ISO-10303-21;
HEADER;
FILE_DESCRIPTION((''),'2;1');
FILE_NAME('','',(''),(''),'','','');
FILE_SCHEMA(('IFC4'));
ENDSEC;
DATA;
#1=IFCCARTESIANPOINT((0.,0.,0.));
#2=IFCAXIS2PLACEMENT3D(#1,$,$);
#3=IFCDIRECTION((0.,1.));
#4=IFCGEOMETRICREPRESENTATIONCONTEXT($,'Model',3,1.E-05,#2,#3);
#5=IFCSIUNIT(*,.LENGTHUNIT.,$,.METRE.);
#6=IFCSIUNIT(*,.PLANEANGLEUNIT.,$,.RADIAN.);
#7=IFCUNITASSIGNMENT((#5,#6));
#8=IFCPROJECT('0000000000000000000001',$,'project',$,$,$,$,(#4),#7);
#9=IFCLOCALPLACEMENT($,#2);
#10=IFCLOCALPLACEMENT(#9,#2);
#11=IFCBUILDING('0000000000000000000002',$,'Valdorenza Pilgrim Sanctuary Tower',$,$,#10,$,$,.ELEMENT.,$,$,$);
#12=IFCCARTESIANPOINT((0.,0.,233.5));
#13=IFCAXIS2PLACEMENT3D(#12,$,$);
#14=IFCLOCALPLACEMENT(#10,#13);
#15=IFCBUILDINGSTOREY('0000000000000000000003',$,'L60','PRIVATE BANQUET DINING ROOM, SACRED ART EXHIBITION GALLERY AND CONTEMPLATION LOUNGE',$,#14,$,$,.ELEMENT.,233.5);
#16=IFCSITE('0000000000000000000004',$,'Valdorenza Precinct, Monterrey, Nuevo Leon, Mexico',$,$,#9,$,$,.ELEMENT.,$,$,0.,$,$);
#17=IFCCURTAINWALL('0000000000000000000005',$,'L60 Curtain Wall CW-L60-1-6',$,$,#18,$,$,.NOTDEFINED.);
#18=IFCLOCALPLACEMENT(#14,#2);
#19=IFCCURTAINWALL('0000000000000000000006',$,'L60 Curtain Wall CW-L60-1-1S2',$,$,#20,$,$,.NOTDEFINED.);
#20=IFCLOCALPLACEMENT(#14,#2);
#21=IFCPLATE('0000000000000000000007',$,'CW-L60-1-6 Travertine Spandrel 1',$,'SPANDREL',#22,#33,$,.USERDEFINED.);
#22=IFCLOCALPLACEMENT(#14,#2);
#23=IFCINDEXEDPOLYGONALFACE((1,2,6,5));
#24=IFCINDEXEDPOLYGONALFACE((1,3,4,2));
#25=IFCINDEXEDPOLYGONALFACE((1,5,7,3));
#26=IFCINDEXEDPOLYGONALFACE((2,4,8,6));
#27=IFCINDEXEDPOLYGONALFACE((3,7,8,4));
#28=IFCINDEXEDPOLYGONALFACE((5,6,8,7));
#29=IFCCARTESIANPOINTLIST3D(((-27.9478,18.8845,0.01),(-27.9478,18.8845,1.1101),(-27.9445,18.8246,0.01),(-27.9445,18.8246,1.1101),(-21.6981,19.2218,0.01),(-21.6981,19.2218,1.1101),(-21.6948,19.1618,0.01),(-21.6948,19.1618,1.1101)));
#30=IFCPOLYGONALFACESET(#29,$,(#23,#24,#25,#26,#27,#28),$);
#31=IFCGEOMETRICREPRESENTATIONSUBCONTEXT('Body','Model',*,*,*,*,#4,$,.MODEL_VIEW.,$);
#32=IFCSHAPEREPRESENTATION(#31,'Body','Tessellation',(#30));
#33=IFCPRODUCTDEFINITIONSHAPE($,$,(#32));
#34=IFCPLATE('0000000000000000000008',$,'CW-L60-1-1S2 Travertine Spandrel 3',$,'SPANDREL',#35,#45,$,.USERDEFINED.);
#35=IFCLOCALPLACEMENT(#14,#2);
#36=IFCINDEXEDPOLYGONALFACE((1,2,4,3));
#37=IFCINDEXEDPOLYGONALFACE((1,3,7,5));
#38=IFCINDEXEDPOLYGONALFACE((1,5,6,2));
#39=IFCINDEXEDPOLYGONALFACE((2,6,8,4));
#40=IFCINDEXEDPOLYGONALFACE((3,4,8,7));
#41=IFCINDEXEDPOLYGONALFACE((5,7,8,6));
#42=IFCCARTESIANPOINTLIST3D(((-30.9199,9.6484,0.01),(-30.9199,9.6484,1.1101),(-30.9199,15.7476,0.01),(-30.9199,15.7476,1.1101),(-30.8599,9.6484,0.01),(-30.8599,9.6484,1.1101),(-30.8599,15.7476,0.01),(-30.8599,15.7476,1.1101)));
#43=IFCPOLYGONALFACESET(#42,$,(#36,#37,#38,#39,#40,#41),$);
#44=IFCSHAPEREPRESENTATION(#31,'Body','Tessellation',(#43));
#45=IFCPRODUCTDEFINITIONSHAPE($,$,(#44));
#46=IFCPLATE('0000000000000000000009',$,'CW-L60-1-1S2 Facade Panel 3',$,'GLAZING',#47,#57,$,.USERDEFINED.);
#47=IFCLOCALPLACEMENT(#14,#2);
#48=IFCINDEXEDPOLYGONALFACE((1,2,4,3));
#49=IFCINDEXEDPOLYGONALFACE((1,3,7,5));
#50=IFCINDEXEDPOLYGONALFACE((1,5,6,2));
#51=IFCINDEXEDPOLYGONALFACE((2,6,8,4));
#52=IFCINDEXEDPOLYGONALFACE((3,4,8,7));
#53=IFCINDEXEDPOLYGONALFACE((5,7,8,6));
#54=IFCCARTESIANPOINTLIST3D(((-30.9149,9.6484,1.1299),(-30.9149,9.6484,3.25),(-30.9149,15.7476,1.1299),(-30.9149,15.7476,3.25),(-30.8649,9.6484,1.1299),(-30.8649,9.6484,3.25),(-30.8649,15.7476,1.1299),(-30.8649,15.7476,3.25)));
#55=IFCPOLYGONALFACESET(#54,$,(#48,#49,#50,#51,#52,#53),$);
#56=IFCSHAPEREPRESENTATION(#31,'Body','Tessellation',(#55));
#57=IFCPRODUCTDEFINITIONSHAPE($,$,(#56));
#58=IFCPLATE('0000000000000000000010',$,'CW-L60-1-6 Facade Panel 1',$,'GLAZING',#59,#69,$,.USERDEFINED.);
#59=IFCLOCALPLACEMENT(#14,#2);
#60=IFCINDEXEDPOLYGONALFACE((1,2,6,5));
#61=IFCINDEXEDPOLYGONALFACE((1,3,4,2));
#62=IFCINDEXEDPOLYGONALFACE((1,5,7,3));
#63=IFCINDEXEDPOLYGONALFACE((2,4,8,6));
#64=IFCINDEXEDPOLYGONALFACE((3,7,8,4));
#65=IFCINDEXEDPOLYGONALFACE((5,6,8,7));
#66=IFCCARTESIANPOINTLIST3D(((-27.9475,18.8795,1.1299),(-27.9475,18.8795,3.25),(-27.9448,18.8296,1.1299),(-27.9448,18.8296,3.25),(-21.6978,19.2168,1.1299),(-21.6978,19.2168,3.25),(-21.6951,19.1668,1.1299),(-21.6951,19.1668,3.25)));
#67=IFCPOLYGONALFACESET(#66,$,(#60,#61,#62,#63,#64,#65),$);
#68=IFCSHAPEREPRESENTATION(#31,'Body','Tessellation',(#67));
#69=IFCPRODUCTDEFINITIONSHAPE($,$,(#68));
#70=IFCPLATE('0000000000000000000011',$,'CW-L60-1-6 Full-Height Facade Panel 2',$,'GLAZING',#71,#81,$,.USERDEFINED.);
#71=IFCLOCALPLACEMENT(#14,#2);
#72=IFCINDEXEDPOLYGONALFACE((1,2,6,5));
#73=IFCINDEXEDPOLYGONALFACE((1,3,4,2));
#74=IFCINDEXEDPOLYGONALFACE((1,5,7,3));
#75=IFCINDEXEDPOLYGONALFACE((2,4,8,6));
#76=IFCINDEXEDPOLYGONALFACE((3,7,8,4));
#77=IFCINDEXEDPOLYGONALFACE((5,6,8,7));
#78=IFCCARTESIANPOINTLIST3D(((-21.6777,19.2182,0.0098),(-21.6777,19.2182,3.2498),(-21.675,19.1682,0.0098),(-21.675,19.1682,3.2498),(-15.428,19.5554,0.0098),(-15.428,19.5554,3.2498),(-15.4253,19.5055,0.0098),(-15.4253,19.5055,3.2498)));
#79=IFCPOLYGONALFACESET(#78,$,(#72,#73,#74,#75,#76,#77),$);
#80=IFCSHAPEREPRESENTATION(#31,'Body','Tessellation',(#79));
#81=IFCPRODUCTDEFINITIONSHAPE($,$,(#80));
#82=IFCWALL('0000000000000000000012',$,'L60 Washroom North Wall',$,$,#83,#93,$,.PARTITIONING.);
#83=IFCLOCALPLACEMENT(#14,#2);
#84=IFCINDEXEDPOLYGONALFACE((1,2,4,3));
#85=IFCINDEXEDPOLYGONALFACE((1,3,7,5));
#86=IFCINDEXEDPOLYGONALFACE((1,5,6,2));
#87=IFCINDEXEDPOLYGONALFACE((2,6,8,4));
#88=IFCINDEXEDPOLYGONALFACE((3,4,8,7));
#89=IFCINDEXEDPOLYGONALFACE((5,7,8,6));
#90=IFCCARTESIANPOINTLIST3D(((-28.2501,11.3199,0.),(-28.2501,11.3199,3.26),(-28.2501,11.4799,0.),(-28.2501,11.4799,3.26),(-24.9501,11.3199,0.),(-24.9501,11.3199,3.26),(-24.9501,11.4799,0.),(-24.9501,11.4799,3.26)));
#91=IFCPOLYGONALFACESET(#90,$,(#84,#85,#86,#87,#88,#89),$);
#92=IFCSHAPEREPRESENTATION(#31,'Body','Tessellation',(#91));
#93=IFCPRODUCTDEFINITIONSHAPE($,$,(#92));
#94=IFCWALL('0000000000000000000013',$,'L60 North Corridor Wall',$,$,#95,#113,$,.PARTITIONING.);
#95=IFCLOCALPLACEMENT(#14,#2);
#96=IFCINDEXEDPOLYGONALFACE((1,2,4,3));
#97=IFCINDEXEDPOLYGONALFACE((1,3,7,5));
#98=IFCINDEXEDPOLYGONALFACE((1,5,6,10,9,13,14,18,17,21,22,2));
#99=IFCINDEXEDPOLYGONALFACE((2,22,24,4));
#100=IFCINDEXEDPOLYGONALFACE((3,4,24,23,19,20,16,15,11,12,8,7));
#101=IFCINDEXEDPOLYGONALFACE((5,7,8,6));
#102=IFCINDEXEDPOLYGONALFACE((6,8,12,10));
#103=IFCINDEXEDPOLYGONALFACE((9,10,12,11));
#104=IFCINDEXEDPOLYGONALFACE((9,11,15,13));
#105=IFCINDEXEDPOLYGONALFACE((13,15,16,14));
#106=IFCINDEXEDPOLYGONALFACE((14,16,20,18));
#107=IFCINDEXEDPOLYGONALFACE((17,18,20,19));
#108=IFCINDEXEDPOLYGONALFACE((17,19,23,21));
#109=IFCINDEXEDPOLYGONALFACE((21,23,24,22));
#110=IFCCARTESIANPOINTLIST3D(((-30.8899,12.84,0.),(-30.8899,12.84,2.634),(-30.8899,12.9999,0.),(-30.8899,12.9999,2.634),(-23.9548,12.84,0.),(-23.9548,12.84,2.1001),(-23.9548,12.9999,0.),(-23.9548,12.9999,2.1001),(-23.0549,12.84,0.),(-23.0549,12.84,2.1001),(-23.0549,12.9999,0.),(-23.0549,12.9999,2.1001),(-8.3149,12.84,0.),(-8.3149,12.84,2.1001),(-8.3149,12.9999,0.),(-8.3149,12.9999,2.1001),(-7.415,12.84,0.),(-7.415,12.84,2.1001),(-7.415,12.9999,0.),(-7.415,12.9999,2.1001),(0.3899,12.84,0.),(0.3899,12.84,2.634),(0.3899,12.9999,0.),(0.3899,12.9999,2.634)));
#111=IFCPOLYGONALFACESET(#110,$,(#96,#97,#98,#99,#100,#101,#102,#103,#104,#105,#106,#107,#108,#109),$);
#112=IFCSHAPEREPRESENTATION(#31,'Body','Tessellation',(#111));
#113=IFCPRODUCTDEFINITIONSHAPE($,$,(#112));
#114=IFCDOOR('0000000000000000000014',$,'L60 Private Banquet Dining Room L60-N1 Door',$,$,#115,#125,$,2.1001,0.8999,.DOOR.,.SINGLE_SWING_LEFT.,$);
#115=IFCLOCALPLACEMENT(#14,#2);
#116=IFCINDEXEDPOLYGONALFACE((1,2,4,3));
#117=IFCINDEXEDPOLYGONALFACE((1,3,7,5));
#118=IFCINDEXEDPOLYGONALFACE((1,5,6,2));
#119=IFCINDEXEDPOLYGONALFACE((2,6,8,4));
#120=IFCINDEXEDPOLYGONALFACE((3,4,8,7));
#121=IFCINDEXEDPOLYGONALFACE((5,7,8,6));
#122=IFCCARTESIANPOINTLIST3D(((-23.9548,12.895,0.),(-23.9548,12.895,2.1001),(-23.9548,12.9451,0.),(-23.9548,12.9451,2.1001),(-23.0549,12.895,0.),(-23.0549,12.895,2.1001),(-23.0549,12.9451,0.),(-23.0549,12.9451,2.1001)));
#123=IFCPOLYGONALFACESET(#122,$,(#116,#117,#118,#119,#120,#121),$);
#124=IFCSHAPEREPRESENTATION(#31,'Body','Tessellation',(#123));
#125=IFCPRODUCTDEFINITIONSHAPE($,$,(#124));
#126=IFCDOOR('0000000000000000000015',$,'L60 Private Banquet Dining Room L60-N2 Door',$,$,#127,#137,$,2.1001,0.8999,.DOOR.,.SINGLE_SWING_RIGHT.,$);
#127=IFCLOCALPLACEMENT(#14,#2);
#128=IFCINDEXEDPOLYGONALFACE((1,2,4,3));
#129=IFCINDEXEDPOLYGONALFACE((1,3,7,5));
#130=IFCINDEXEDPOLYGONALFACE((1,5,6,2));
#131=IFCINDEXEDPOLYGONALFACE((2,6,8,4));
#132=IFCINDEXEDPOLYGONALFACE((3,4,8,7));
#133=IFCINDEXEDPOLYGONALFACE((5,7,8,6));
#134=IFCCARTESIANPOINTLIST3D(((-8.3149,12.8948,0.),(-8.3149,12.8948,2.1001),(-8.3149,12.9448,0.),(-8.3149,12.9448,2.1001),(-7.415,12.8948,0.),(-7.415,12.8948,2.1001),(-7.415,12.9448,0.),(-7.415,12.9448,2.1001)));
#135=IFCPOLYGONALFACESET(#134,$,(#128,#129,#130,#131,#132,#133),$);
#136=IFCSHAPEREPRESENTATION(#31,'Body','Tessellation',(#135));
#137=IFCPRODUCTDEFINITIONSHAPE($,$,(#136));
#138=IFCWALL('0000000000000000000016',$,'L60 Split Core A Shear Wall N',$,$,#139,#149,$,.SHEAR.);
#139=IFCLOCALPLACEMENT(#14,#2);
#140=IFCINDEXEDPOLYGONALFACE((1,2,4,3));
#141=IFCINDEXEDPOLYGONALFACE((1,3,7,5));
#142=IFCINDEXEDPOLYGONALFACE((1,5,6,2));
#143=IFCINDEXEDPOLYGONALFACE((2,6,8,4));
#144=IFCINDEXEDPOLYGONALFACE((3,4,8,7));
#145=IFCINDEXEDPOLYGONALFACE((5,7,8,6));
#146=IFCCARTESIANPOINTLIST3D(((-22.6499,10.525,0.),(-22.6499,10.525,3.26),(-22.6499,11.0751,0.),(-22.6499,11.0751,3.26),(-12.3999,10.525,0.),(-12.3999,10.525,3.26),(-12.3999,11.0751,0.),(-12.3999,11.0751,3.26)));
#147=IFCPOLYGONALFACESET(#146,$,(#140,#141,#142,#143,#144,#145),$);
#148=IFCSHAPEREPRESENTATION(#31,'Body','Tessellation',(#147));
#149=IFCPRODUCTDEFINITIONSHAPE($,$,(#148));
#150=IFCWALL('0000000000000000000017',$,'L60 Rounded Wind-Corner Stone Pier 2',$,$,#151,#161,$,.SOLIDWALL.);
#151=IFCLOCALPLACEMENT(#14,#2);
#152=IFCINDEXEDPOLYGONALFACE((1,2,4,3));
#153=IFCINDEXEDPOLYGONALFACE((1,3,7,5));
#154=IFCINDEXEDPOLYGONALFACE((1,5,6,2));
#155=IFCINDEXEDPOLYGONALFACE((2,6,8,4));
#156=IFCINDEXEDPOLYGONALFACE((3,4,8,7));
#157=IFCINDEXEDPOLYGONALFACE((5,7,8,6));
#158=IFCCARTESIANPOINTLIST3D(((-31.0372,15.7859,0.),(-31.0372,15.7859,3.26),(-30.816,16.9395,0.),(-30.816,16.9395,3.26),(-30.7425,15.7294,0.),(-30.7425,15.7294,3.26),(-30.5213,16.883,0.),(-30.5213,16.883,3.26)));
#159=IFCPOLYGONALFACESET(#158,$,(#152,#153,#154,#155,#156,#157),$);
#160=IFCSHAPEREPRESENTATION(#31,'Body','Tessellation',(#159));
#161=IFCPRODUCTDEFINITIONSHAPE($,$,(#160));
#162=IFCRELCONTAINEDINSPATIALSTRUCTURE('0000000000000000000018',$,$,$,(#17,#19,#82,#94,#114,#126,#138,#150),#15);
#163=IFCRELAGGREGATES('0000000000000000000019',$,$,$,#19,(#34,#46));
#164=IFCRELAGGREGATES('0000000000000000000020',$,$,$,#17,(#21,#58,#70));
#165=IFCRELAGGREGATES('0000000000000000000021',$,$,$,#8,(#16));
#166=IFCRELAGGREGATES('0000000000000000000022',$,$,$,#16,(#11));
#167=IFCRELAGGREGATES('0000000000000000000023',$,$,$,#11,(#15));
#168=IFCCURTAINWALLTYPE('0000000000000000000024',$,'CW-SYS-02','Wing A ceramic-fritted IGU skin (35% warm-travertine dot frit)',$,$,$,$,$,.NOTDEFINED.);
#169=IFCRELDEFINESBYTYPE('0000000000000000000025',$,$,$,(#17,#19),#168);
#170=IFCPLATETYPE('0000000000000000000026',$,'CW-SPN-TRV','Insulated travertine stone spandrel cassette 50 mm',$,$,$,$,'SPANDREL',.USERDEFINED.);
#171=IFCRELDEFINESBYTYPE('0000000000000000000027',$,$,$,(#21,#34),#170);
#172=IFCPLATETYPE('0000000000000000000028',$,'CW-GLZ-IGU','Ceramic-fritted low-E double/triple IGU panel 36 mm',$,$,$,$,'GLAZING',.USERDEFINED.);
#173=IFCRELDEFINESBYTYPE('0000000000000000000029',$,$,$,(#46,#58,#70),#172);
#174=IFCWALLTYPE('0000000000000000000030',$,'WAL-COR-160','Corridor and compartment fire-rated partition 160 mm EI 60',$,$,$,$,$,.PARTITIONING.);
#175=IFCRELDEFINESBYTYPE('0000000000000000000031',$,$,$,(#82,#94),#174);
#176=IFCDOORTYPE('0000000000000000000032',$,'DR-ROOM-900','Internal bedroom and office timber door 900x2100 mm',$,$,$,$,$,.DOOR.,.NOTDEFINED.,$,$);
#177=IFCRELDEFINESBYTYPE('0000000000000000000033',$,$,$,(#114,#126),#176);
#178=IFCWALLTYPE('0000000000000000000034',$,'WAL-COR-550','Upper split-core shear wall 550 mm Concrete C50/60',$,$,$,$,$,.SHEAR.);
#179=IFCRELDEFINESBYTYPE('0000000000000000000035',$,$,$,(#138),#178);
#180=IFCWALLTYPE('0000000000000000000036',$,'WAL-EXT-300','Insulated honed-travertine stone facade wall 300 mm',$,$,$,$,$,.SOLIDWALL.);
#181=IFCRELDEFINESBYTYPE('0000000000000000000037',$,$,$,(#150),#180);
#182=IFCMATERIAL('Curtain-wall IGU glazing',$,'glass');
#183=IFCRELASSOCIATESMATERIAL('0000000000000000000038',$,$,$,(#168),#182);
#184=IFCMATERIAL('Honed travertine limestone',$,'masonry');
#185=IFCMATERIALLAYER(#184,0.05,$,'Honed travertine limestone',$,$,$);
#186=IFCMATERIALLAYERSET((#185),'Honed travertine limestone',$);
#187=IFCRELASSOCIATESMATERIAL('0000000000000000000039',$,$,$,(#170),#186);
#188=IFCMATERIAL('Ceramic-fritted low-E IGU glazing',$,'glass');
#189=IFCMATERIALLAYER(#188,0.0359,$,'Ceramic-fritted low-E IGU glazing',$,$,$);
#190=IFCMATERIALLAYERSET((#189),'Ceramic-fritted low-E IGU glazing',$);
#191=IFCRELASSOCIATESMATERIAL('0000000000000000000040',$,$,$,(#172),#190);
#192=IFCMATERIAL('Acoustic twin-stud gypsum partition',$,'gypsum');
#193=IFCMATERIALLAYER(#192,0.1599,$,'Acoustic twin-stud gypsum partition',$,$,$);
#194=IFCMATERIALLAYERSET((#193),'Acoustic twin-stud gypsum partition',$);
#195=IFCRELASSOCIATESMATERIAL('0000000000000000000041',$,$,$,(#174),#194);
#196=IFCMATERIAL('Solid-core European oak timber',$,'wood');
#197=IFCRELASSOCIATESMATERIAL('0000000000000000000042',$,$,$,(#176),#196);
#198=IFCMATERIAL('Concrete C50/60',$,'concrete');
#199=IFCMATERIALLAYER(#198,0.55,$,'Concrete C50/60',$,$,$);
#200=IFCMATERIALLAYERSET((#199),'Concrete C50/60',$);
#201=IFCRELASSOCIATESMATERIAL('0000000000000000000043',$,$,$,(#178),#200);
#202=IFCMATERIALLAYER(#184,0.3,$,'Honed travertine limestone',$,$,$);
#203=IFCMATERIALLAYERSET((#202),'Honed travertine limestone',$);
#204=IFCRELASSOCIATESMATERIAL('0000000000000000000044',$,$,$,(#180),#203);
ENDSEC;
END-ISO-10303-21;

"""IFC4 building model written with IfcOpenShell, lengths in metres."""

from ifc_helpers import new_model, si_unit, direction, frame, frame_2d, origin, origin_2d, place, context, subcontext, project, spatial, rectangle, extrude, source, transform, mapped, material, layer, layer_set, type_object, element, fill, aggregate, save


model = new_model("IFC4")

# Units and contexts
model_context = context("Model", 3, precision=1e-05, world=origin(), true_north=direction((0.0, 1.0)))
body_context = subcontext(model_context, "Body", "Model", "MODEL_VIEW")
ifc_project = project(units=[si_unit("LENGTHUNIT", "METRE"), si_unit("PLANEANGLEUNIT", "RADIAN")], contexts=[model_context])

# Site, building, storey
site_placement = place(None, origin())
site = spatial("IfcSite", under=ifc_project, at=site_placement, Name="Valdorenza Precinct, Monterrey, Nuevo Leon, Mexico", CompositionType="ELEMENT", RefElevation=0.0)
building_placement = place(site_placement, origin())
building = spatial("IfcBuilding", under=site, at=building_placement, Name="Valdorenza Pilgrim Sanctuary Tower", CompositionType="ELEMENT")
storey_placement = place(building_placement, frame((0.0, 0.0, 233.5)))
storey = spatial("IfcBuildingStorey", under=building, at=storey_placement, Name="L60", Description="PRIVATE BANQUET DINING ROOM, SACRED ART EXHIBITION GALLERY AND CONTEMPLATION LOUNGE", CompositionType="ELEMENT", Elevation=233.5)

# Shared definitions
ifc_material_1 = material(Name="Concrete C50/60", Category="concrete")

# Curtain wall
ifc_material_2 = material(Name="Curtain-wall IGU glazing", Category="glass")
curtain_wall_type = type_object("IfcCurtainWallType", Name="CW-SYS-02", Description="Wing A ceramic-fritted IGU skin (35% warm-travertine dot frit)", PredefinedType="NOTDEFINED", material=ifc_material_2)
curtain_wall_1_placement = place(storey_placement, origin())
curtain_wall_1 = element("IfcCurtainWall", 1, at=curtain_wall_1_placement, inside=storey, type_object=curtain_wall_type, Name="L60 Curtain Wall CW-L60-1-6", PredefinedType="NOTDEFINED")

# Curtain wall
curtain_wall_2_placement = place(storey_placement, origin())
curtain_wall_2 = element("IfcCurtainWall", 2, at=curtain_wall_2_placement, inside=storey, type_object=curtain_wall_type, Name="L60 Curtain Wall CW-L60-1-1S2", PredefinedType="NOTDEFINED")

# Plates
ifc_material_3 = material(Name="Honed travertine limestone", Category="masonry")
ifc_layer_1 = layer(ifc_material_3, 0.05, Name="Honed travertine limestone")
ifc_layer_set_1 = layer_set([ifc_layer_1], Name="Honed travertine limestone")
plate_type_1 = type_object("IfcPlateType", Name="CW-SPN-TRV", Description="Insulated travertine stone spandrel cassette 50 mm", ElementType="SPANDREL", PredefinedType="USERDEFINED", material=ifc_layer_set_1)
shared_shape_1 = source(origin(), body_context, "Body", "SweptSolid", [
    extrude(rectangle(XDim=6.2588, YDim=0.0601, at=origin_2d()), origin(), (0.0, 0.0, 1.0), 1.1001),
])
plate_1_placement = place(storey_placement, frame((-24.8213, 19.0232, 0.01), z_axis=(0.0, 0.0, 1.0), x_axis=(0.998547, 0.053887, 0.0)))
plate_1 = element("IfcPlate", 3, at=plate_1_placement, type_object=plate_type_1, Name="CW-L60-1-6 Travertine Spandrel 1", ObjectType="SPANDREL", PredefinedType="USERDEFINED", context=body_context, shape_type="MappedRepresentation", body=[
    mapped(shared_shape_1, transform((0.0, 0.0, 0.0), x_axis=(1.0, 0.0, 0.0), y_axis=(0.0, 1.0, 0.0), z_axis=(0.0, 0.0, 1.0), scale=1.0)),
])
shared_shape_2 = source(origin(), body_context, "Body", "SweptSolid", [
    extrude(rectangle(XDim=6.0991, YDim=0.0601, at=origin_2d()), origin(), (0.0, 0.0, 1.0), 1.1001),
])
plate_2_placement = place(storey_placement, frame((-30.8899, 12.698, 0.01), z_axis=(0.0, 0.0, 1.0), x_axis=(0.0, 1.0, 0.0)))
plate_2 = element("IfcPlate", 4, at=plate_2_placement, type_object=plate_type_1, Name="CW-L60-1-1S2 Travertine Spandrel 3", ObjectType="SPANDREL", PredefinedType="USERDEFINED", context=body_context, shape_type="MappedRepresentation", body=[
    mapped(shared_shape_2, transform((0.0, 0.0, 0.0), x_axis=(1.0, 0.0, 0.0), y_axis=(0.0, 1.0, 0.0), z_axis=(0.0, 0.0, 1.0), scale=1.0)),
])
ifc_material_4 = material(Name="Ceramic-fritted low-E IGU glazing", Category="glass")
ifc_layer_2 = layer(ifc_material_4, 0.0359, Name="Ceramic-fritted low-E IGU glazing")
ifc_layer_set_2 = layer_set([ifc_layer_2], Name="Ceramic-fritted low-E IGU glazing")
plate_type_2 = type_object("IfcPlateType", Name="CW-GLZ-IGU", Description="Ceramic-fritted low-E double/triple IGU panel 36 mm", ElementType="GLAZING", PredefinedType="USERDEFINED", material=ifc_layer_set_2)
shared_shape_3 = source(origin(), body_context, "Body", "SweptSolid", [
    extrude(rectangle(XDim=6.0991, YDim=0.05, at=origin_2d()), origin(), (0.0, 0.0, 1.0), 2.1201),
])
plate_3_placement = place(storey_placement, frame((-30.8899, 12.698, 1.1299), z_axis=(0.0, 0.0, 1.0), x_axis=(0.0, 1.0, 0.0)))
plate_3 = element("IfcPlate", 5, at=plate_3_placement, type_object=plate_type_2, Name="CW-L60-1-1S2 Facade Panel 3", ObjectType="GLAZING", PredefinedType="USERDEFINED", context=body_context, shape_type="MappedRepresentation", body=[
    mapped(shared_shape_3, transform((0.0, 0.0, 0.0), x_axis=(1.0, 0.0, 0.0), y_axis=(0.0, 1.0, 0.0), z_axis=(0.0, 0.0, 1.0), scale=1.0)),
])
aggregate(curtain_wall_2, [plate_2, plate_3])
shared_shape_4 = source(origin(), body_context, "Body", "SweptSolid", [
    extrude(rectangle(XDim=6.2588, YDim=0.05, at=origin_2d()), origin(), (0.0, 0.0, 1.0), 2.1201),
])
plate_4_placement = place(storey_placement, frame((-24.8213, 19.0232, 1.1299), z_axis=(0.0, 0.0, 1.0), x_axis=(0.998547, 0.053887, 0.0)))
plate_4 = element("IfcPlate", 6, at=plate_4_placement, type_object=plate_type_2, Name="CW-L60-1-6 Facade Panel 1", ObjectType="GLAZING", PredefinedType="USERDEFINED", context=body_context, shape_type="MappedRepresentation", body=[
    mapped(shared_shape_4, transform((0.0, 0.0, 0.0), x_axis=(1.0, 0.0, 0.0), y_axis=(0.0, 1.0, 0.0), z_axis=(0.0, 0.0, 1.0), scale=1.0)),
])
shared_shape_5 = source(origin(), body_context, "Body", "SweptSolid", [
    extrude(rectangle(XDim=6.2588, YDim=0.05, at=origin_2d()), origin(), (0.0, 0.0, 1.0), 3.24),
])
plate_5_placement = place(storey_placement, frame((-18.5515, 19.3618, 0.0098), z_axis=(0.0, 0.0, 1.0), x_axis=(0.998547, 0.053887, 0.0)))
plate_5 = element("IfcPlate", 7, at=plate_5_placement, type_object=plate_type_2, Name="CW-L60-1-6 Full-Height Facade Panel 2", ObjectType="GLAZING", PredefinedType="USERDEFINED", context=body_context, shape_type="MappedRepresentation", body=[
    mapped(shared_shape_5, transform((0.0, 0.0, 0.0), x_axis=(1.0, 0.0, 0.0), y_axis=(0.0, 1.0, 0.0), z_axis=(0.0, 0.0, 1.0), scale=1.0)),
])
aggregate(curtain_wall_1, [plate_1, plate_4, plate_5])

# Wall
ifc_material_5 = material(Name="Acoustic twin-stud gypsum partition", Category="gypsum")
ifc_layer_3 = layer(ifc_material_5, 0.1599, Name="Acoustic twin-stud gypsum partition")
ifc_layer_set_3 = layer_set([ifc_layer_3], Name="Acoustic twin-stud gypsum partition")
wall_type_1 = type_object("IfcWallType", Name="WAL-COR-160", Description="Corridor and compartment fire-rated partition 160 mm EI 60", PredefinedType="PARTITIONING", material=ifc_layer_set_3)
wall_1_placement = place(storey_placement, frame((-28.25, 11.3999, 0.0), z_axis=(0.0, 0.0, 1.0), x_axis=(1.0, 0.0, 0.0)))
element("IfcWall", 8, at=wall_1_placement, inside=storey, type_object=wall_type_1, Name="L60 Washroom North Wall", PredefinedType="PARTITIONING", context=body_context, shape_type="SweptSolid", body=[
    extrude(rectangle(XDim=3.3, YDim=0.1599, at=frame_2d((1.6499, 0.0))), origin(), (0.0, 0.0, 1.0), 3.26),
])

# Wall, openings, doors
wall_2_placement = place(storey_placement, frame((-30.8899, 12.9199, 0.0), z_axis=(0.0, 0.0, 1.0), x_axis=(1.0, 0.0, 0.0)))
wall_2 = element("IfcWall", 9, at=wall_2_placement, inside=storey, type_object=wall_type_1, Name="L60 North Corridor Wall", PredefinedType="PARTITIONING", context=body_context, shape_type="SweptSolid", body=[
    extrude(rectangle(XDim=31.2798, YDim=0.1599, at=frame_2d((15.6399, 0.0))), origin(), (0.0, 0.0, 1.0), 2.634),
])
opening_1_placement = place(wall_2_placement, frame((6.9351, 0.0, 0.0)))
opening_1 = element("IfcOpeningElement", 10, at=opening_1_placement, cuts=wall_2, PredefinedType="OPENING", context=body_context, shape_type="SweptSolid", body=[
    extrude(rectangle(XDim=0.8999, YDim=2.1001, at=frame_2d((0.45, 1.05))), frame((0.0, 0.0947, 0.0), z_axis=(0.0, -1.0, 0.0), x_axis=(1.0, 0.0, 0.0)), (0.0, 0.0, 1.0), 0.1897),
])
opening_2_placement = place(wall_2_placement, frame((22.575, 0.0, 0.0)))
opening_2 = element("IfcOpeningElement", 11, at=opening_2_placement, cuts=wall_2, PredefinedType="OPENING", context=body_context, shape_type="SweptSolid", body=[
    extrude(rectangle(XDim=0.8999, YDim=2.1001, at=frame_2d((0.45, 1.05))), frame((0.0, 0.0947, 0.0), z_axis=(0.0, -1.0, 0.0), x_axis=(1.0, 0.0, 0.0)), (0.0, 0.0, 1.0), 0.1897),
])
ifc_material_6 = material(Name="Solid-core European oak timber", Category="wood")
door_type = type_object("IfcDoorType", Name="DR-ROOM-900", Description="Internal bedroom and office timber door 900x2100 mm", OperationType="NOTDEFINED", PredefinedType="DOOR", material=ifc_material_6)
door_1_placement = place(opening_1_placement, frame((0.8999, 0.0, 0.0), z_axis=(0.0, 0.0, 1.0), x_axis=(-1.0, 0.0, 0.0)))
door_1 = element("IfcDoor", 12, at=door_1_placement, inside=storey, type_object=door_type, Name="L60 Private Banquet Dining Room L60-N1 Door", OperationType="SINGLE_SWING_LEFT", OverallHeight=2.1001, OverallWidth=0.8999, PredefinedType="DOOR", context=body_context, shape_type="SweptSolid", body=[
    extrude(rectangle(XDim=0.8999, YDim=2.1001, at=frame_2d((0.45, 1.05))), frame((0.0, 0.0249, 0.0), z_axis=(0.0, -1.0, 0.0), x_axis=(1.0, 0.0, 0.0)), (0.0, 0.0, 1.0), 0.05),
])
fill(opening_1, door_1)
door_2_placement = place(opening_2_placement, origin())
door_2 = element("IfcDoor", 13, at=door_2_placement, inside=storey, type_object=door_type, Name="L60 Private Banquet Dining Room L60-N2 Door", OperationType="SINGLE_SWING_RIGHT", OverallHeight=2.1001, OverallWidth=0.8999, PredefinedType="DOOR", context=body_context, shape_type="SweptSolid", body=[
    extrude(rectangle(XDim=0.8999, YDim=2.1001, at=frame_2d((0.45, 1.05))), frame((0.0, 0.0249, 0.0), z_axis=(0.0, -1.0, 0.0), x_axis=(1.0, 0.0, 0.0)), (0.0, 0.0, 1.0), 0.05),
])
fill(opening_2, door_2)

# Walls
ifc_layer_4 = layer(ifc_material_1, 0.55, Name="Concrete C50/60")
ifc_layer_set_4 = layer_set([ifc_layer_4], Name="Concrete C50/60")
wall_type_2 = type_object("IfcWallType", Name="WAL-COR-550", Description="Upper split-core shear wall 550 mm Concrete C50/60", PredefinedType="SHEAR", material=ifc_layer_set_4)
wall_3_placement = place(storey_placement, frame((-22.6499, 10.8, 0.0), z_axis=(0.0, 0.0, 1.0), x_axis=(1.0, 0.0, 0.0)))
element("IfcWall", 14, at=wall_3_placement, inside=storey, type_object=wall_type_2, Name="L60 Split Core A Shear Wall N", PredefinedType="SHEAR", context=body_context, shape_type="SweptSolid", body=[
    extrude(rectangle(XDim=10.25, YDim=0.55, at=frame_2d((5.125, 0.0))), origin(), (0.0, 0.0, 1.0), 3.26),
])
ifc_layer_5 = layer(ifc_material_3, 0.3, Name="Honed travertine limestone")
ifc_layer_set_5 = layer_set([ifc_layer_5], Name="Honed travertine limestone")
wall_type_3 = type_object("IfcWallType", Name="WAL-EXT-300", Description="Insulated honed-travertine stone facade wall 300 mm", PredefinedType="SOLIDWALL", material=ifc_layer_set_5)
wall_4_placement = place(storey_placement, frame((-30.8899, 15.7576, 0.0), z_axis=(0.0, 0.0, 1.0), x_axis=(0.188315, 0.982109, 0.0)))
element("IfcWall", 15, at=wall_4_placement, inside=storey, type_object=wall_type_3, Name="L60 Rounded Wind-Corner Stone Pier 2", PredefinedType="SOLIDWALL", context=body_context, shape_type="SweptSolid", body=[
    extrude(rectangle(XDim=1.1746, YDim=0.3, at=frame_2d((0.5874, 0.0))), origin(), (0.0, 0.0, 1.0), 3.26),
])

save(model, "model.ifc")
